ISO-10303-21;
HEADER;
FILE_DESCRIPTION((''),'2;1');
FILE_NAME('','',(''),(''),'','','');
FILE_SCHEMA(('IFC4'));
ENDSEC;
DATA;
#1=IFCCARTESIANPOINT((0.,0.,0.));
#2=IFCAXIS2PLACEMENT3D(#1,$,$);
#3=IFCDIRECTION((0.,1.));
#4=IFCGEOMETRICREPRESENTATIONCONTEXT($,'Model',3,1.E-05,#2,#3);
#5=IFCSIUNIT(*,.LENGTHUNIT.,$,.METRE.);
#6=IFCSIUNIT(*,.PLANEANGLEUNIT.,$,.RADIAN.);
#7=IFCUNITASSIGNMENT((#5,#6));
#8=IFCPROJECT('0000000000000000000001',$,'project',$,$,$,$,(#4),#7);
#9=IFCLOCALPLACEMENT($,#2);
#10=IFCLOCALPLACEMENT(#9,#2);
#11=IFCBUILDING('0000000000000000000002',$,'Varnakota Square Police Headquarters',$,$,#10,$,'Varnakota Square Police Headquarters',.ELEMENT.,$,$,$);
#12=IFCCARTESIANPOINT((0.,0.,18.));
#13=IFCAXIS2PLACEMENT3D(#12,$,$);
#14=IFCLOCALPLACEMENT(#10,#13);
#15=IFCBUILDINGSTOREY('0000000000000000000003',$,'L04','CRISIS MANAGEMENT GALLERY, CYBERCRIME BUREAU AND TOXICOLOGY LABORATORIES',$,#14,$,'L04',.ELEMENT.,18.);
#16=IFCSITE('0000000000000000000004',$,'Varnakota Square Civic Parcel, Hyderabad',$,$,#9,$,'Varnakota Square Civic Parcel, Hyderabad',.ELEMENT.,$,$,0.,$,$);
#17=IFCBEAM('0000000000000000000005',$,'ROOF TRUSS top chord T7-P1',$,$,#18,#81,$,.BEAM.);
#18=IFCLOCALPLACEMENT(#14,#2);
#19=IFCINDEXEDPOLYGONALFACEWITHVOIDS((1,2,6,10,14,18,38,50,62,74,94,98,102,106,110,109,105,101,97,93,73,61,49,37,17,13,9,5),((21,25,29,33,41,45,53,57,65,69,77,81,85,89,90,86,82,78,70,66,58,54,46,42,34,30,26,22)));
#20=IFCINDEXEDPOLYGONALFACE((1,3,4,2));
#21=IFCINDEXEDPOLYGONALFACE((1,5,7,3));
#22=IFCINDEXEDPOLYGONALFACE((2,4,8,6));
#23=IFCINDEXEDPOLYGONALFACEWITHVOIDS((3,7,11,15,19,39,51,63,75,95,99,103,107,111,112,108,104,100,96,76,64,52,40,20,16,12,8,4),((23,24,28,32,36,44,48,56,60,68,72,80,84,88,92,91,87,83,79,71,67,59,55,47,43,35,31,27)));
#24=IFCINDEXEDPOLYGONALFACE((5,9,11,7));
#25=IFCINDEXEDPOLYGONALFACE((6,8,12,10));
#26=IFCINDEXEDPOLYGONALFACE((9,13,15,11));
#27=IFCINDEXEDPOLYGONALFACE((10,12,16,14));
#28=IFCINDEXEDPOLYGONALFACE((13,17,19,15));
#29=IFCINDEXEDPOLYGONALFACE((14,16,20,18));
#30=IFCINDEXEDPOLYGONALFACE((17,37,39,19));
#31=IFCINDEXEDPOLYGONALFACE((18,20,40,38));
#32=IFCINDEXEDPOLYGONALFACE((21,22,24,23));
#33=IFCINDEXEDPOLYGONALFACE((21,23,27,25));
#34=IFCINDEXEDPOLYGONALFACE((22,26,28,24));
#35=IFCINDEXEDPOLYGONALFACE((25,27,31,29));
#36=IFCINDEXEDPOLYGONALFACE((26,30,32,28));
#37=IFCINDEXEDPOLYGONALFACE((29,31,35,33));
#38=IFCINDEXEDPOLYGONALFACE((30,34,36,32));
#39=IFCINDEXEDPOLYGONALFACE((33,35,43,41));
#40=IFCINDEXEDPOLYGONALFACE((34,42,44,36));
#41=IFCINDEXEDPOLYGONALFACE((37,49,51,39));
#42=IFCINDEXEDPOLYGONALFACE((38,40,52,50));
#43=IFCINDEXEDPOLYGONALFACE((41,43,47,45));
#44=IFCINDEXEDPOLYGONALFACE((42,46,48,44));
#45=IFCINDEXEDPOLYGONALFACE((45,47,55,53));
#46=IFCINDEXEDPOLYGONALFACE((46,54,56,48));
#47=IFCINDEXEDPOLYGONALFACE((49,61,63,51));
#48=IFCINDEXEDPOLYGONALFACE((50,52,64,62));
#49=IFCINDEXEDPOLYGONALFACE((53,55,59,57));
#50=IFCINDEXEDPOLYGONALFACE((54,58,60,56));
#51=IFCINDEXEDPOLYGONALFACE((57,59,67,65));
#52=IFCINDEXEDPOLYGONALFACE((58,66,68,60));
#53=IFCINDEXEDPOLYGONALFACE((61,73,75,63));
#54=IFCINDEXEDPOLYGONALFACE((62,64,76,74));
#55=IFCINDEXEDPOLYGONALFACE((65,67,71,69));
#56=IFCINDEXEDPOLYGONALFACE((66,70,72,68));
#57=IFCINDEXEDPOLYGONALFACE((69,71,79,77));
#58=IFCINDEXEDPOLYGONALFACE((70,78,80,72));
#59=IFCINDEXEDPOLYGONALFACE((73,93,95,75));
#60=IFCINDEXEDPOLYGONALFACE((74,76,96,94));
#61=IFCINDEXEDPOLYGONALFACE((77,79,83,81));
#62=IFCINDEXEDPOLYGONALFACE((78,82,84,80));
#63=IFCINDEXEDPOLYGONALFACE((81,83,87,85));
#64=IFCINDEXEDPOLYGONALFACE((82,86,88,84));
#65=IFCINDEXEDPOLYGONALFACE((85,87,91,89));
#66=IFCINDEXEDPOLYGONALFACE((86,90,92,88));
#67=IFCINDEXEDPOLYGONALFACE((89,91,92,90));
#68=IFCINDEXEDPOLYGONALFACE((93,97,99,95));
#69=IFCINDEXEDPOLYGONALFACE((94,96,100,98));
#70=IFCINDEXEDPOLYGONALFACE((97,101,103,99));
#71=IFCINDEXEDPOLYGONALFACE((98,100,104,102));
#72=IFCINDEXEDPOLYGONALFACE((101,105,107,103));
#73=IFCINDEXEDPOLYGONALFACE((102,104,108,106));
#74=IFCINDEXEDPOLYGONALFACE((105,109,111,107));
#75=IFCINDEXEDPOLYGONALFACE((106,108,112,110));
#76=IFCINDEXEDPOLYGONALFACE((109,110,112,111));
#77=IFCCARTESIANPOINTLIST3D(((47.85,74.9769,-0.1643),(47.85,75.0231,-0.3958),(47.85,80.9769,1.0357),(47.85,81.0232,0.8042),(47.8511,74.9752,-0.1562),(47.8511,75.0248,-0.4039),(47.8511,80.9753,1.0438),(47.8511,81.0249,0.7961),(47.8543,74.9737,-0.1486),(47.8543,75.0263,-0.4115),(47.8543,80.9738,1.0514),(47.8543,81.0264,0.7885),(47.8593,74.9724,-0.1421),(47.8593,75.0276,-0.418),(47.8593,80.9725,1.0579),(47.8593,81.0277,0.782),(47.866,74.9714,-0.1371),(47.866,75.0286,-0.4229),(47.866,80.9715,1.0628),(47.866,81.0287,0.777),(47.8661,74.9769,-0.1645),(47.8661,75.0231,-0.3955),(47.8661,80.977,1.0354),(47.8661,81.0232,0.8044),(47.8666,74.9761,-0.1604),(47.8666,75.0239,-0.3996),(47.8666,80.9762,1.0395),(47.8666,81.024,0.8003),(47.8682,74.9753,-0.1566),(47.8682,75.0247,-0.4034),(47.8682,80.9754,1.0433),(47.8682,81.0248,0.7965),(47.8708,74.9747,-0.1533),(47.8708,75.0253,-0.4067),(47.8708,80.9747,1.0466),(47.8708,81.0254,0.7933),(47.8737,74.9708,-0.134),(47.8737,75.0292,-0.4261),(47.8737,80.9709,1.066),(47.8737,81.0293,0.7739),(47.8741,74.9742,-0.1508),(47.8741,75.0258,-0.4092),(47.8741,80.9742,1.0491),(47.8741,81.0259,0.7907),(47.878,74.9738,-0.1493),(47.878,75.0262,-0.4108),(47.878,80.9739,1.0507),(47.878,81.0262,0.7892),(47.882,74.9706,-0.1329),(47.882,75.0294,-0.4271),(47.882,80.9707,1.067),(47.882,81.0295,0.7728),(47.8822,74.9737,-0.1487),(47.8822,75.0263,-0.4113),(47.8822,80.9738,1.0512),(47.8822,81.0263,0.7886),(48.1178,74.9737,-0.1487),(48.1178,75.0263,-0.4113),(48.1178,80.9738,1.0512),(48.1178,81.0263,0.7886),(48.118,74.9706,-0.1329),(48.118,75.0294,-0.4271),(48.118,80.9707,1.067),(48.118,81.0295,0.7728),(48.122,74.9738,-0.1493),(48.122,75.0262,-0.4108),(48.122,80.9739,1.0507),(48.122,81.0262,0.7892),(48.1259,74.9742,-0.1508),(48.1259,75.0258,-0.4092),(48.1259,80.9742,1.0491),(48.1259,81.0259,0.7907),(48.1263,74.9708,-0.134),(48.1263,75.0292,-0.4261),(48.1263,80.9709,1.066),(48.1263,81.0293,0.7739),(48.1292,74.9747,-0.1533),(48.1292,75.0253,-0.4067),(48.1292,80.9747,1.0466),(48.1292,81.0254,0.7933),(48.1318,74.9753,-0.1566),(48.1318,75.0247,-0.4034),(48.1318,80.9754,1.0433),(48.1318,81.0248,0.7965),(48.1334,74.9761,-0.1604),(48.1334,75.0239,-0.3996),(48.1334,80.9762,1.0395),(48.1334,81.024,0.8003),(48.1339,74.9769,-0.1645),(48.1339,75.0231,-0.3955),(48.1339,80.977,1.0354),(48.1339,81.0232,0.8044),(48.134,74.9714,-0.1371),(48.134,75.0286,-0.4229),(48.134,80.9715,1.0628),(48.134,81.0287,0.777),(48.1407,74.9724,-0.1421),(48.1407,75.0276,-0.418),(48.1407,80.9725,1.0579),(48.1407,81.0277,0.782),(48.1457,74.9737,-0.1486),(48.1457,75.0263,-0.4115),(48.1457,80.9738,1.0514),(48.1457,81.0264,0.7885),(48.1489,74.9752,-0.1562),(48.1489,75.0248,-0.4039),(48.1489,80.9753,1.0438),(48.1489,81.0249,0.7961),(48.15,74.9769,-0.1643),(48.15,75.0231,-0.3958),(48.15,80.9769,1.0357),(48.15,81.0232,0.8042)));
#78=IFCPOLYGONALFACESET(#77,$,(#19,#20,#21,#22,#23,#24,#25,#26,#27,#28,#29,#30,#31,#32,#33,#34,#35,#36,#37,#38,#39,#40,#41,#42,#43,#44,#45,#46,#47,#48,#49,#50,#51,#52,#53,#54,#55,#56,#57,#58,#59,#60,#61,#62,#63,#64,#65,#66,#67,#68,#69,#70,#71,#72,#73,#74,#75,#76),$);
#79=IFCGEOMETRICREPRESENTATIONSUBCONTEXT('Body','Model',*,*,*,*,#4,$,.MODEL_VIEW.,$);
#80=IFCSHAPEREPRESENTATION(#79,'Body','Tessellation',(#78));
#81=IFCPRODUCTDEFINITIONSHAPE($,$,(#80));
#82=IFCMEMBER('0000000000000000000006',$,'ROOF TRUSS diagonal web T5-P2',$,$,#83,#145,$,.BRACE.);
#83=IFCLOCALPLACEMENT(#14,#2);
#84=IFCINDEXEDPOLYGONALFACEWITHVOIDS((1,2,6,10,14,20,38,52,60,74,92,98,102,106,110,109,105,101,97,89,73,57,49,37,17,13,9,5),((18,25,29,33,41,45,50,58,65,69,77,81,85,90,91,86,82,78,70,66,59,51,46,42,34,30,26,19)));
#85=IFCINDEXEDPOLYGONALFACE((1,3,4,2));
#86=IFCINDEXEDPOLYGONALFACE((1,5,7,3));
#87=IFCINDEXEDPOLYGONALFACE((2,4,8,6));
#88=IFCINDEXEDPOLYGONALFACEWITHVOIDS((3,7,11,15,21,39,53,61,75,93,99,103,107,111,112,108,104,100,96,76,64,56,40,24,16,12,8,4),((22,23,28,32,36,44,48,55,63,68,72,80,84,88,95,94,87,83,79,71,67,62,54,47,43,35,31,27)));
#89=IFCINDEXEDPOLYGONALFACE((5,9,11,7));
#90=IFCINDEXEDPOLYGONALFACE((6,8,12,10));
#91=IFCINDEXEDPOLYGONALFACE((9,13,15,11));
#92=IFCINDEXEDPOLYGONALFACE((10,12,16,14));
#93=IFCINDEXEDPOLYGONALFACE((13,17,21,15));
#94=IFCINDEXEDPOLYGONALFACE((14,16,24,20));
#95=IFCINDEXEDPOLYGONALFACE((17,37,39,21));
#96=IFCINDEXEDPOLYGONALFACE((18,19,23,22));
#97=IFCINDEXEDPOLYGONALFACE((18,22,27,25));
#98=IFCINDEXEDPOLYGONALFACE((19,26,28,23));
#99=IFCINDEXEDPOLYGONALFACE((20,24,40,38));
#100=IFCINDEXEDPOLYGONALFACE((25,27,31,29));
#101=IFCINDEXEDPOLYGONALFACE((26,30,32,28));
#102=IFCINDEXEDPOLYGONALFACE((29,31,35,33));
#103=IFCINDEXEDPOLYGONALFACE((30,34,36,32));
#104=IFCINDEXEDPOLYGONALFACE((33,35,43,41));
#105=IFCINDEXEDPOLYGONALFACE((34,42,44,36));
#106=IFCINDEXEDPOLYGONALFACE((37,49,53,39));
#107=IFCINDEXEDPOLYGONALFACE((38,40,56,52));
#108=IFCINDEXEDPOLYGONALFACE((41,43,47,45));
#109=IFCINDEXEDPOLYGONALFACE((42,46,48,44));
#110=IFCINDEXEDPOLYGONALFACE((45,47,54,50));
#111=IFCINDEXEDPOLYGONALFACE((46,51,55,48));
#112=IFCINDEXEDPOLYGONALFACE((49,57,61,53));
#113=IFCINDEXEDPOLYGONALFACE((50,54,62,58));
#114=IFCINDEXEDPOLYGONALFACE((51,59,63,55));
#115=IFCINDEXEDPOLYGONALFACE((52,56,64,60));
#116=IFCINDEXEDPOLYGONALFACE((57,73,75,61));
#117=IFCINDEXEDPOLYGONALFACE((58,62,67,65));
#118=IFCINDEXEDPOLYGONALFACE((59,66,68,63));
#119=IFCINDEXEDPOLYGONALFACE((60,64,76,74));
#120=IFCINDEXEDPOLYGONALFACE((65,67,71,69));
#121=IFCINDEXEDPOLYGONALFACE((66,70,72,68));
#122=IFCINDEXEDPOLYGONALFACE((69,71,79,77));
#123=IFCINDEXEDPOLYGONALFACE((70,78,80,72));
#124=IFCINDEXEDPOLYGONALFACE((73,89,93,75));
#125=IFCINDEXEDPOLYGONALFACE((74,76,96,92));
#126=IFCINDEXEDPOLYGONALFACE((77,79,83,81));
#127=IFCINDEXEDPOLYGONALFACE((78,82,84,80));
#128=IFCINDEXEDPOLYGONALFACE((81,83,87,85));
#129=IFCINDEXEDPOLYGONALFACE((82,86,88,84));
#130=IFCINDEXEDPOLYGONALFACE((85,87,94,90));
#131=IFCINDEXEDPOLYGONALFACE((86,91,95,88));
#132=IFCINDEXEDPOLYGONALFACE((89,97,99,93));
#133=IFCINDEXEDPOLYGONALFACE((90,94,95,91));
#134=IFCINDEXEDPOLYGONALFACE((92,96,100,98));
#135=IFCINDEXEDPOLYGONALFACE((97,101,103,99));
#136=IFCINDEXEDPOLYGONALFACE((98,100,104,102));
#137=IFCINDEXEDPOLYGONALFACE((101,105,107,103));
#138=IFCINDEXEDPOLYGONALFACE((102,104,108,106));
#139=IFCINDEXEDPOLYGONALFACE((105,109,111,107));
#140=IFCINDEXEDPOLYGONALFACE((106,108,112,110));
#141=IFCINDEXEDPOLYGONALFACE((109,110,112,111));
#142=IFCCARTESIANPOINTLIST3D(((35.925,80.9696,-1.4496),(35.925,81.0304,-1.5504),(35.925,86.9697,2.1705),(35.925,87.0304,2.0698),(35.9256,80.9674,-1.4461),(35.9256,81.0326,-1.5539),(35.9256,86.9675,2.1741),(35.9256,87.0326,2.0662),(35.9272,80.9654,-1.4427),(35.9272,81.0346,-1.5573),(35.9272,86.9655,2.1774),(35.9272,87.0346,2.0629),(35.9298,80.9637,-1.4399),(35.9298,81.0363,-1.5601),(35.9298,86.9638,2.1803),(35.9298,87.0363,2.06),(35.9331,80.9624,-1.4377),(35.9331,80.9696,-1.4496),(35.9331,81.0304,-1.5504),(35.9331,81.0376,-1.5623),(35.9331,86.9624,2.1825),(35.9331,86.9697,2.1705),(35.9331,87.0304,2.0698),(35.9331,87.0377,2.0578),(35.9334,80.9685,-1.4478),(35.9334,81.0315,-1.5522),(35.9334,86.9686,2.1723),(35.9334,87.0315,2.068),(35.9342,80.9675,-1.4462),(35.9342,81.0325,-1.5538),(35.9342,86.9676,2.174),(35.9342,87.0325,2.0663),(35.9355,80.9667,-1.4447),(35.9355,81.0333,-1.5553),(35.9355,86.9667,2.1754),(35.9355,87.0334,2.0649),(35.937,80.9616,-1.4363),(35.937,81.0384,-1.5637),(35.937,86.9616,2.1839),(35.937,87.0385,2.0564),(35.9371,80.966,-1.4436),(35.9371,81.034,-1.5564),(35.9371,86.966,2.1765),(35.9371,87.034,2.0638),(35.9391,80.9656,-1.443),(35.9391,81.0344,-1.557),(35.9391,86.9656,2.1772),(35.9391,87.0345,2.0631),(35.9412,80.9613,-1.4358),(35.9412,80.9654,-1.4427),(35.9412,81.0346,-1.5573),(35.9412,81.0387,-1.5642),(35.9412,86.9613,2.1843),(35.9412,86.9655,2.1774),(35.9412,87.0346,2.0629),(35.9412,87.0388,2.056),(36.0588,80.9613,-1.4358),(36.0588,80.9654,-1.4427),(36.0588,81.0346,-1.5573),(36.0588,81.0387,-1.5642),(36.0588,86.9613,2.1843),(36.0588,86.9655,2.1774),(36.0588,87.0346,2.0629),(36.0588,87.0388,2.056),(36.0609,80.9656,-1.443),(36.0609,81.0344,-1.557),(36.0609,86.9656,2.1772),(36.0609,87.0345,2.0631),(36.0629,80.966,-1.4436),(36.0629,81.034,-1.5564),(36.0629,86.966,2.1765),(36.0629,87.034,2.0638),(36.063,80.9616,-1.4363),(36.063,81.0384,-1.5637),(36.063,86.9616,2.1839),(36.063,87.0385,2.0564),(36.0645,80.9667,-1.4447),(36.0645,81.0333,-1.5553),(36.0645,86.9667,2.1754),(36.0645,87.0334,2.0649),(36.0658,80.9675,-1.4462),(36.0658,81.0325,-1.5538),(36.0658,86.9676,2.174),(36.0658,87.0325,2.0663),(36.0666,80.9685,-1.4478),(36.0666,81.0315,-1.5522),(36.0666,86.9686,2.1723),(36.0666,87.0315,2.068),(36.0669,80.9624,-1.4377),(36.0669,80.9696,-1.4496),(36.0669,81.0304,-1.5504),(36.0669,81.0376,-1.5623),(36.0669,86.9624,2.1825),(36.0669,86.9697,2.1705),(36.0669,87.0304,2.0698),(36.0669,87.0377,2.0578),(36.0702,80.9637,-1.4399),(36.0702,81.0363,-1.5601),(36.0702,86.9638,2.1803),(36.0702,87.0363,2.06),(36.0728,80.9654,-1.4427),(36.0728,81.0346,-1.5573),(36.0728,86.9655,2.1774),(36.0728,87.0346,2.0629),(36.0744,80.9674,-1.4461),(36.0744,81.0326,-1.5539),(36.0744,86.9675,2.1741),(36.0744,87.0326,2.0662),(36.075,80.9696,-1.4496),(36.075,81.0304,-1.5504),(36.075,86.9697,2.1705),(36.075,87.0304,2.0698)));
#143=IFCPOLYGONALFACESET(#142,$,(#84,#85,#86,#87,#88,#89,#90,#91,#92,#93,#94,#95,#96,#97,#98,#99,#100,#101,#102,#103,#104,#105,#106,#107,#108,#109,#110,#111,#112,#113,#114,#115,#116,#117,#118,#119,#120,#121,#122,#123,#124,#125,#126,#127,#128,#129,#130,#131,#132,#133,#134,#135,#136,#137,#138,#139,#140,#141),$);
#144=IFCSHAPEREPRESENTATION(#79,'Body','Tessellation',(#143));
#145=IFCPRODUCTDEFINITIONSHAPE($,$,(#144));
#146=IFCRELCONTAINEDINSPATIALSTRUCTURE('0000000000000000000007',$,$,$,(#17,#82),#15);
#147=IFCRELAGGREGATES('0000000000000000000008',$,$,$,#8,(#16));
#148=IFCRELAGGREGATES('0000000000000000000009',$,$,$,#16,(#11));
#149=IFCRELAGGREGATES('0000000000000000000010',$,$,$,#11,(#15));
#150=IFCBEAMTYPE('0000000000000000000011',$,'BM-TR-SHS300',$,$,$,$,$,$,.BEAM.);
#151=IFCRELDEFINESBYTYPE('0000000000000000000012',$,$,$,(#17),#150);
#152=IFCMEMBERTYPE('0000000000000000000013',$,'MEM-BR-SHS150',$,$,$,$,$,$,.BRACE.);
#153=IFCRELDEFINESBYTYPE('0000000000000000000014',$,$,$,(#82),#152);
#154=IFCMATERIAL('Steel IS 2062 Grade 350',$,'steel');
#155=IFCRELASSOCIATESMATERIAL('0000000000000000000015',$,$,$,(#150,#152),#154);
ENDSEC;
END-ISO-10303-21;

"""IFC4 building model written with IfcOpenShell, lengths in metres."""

from ifc_helpers import new_model, si_unit, direction, frame, origin, origin_2d, place, context, subcontext, project, spatial, hollow_rectangle, extrude, material, material_profile, profile_set, type_object, element, save


model = new_model("IFC4")

# Units and contexts
model_context = context("Model", 3, precision=1e-05, world=origin(), true_north=direction((0.0, 1.0)))
body_context = subcontext(model_context, "Body", "Model", "MODEL_VIEW")
ifc_project = project(units=[si_unit("LENGTHUNIT", "METRE"), si_unit("PLANEANGLEUNIT", "RADIAN")], contexts=[model_context])

# Site, building, storey
site_placement = place(None, origin())
site = spatial("IfcSite", under=ifc_project, at=site_placement, Name="Varnakota Square Civic Parcel, Hyderabad", LongName="Varnakota Square Civic Parcel, Hyderabad", CompositionType="ELEMENT", RefElevation=0.0)
building_placement = place(site_placement, origin())
building = spatial("IfcBuilding", under=site, at=building_placement, Name="Varnakota Square Police Headquarters", LongName="Varnakota Square Police Headquarters", CompositionType="ELEMENT")
storey_placement = place(building_placement, frame((0.0, 0.0, 18.0)))
storey = spatial("IfcBuildingStorey", under=building, at=storey_placement, Name="L04", Description="CRISIS MANAGEMENT GALLERY, CYBERCRIME BUREAU AND TOXICOLOGY LABORATORIES", LongName="L04", CompositionType="ELEMENT", Elevation=18.0)

# Shared definitions
ifc_material_1 = material(Name="Steel IS 2062 Grade 350", Category="steel")

# Beam
ifc_material_profile_1 = material_profile(ifc_material_1, hollow_rectangle(XDim=0.3, YDim=0.3, WallThickness=0.0161, InnerFilletRadius=0.0161, OuterFilletRadius=0.032, at=origin_2d()), Name="SHS 300x300x16")
ifc_profile_set_1 = profile_set([ifc_material_profile_1], Name="Steel IS 2062 Grade 350")
beam_type_1 = type_object("IfcBeamType", Name="BM-TR-SHS300", PredefinedType="BEAM", material=ifc_profile_set_1)
for number, where, z_axis, x_axis, name in (
    (1, (48.0, 75.0, -0.28), (0.0, 0.980582, 0.196108), (-1.0, 0.0, 0.0), "ROOF TRUSS top chord T7-P1"),
):
    element("IfcBeam", number, at=place(storey_placement, frame(where, z_axis=z_axis, x_axis=x_axis)), inside=storey, type_object=beam_type_1, Name=name, PredefinedType="BEAM", context=body_context, shape_type="SweptSolid", body=[
        extrude(hollow_rectangle(XDim=0.3, YDim=0.3, WallThickness=0.0161, InnerFilletRadius=0.0161, OuterFilletRadius=0.032, at=origin_2d()), origin(), (0.0, 0.0, 1.0), 6.1189),
    ])

# Member
ifc_material_profile_2 = material_profile(ifc_material_1, hollow_rectangle(XDim=0.1499, YDim=0.1499, WallThickness=0.0081, InnerFilletRadius=0.0081, OuterFilletRadius=0.0161, at=origin_2d()), Name="SHS 150x150x8")
ifc_profile_set_2 = profile_set([ifc_material_profile_2], Name="Steel IS 2062 Grade 350")
member_type_1 = type_object("IfcMemberType", Name="MEM-BR-SHS150", PredefinedType="BRACE", material=ifc_profile_set_2)
member_1_placement = place(storey_placement, frame((36.0, 81.0, -1.5), z_axis=(0.0, 0.856224, 0.516605), x_axis=(-1.0, 0.0, 0.0)))
element("IfcMember", 2, at=member_1_placement, inside=storey, type_object=member_type_1, Name="ROOF TRUSS diagonal web T5-P2", PredefinedType="BRACE", context=body_context, shape_type="SweptSolid", body=[
    extrude(hollow_rectangle(XDim=0.1499, YDim=0.1499, WallThickness=0.0081, InnerFilletRadius=0.0081, OuterFilletRadius=0.0161, at=origin_2d()), origin(), (0.0, 0.0, 1.0), 7.0076),
])

save(model, "model.ifc")
